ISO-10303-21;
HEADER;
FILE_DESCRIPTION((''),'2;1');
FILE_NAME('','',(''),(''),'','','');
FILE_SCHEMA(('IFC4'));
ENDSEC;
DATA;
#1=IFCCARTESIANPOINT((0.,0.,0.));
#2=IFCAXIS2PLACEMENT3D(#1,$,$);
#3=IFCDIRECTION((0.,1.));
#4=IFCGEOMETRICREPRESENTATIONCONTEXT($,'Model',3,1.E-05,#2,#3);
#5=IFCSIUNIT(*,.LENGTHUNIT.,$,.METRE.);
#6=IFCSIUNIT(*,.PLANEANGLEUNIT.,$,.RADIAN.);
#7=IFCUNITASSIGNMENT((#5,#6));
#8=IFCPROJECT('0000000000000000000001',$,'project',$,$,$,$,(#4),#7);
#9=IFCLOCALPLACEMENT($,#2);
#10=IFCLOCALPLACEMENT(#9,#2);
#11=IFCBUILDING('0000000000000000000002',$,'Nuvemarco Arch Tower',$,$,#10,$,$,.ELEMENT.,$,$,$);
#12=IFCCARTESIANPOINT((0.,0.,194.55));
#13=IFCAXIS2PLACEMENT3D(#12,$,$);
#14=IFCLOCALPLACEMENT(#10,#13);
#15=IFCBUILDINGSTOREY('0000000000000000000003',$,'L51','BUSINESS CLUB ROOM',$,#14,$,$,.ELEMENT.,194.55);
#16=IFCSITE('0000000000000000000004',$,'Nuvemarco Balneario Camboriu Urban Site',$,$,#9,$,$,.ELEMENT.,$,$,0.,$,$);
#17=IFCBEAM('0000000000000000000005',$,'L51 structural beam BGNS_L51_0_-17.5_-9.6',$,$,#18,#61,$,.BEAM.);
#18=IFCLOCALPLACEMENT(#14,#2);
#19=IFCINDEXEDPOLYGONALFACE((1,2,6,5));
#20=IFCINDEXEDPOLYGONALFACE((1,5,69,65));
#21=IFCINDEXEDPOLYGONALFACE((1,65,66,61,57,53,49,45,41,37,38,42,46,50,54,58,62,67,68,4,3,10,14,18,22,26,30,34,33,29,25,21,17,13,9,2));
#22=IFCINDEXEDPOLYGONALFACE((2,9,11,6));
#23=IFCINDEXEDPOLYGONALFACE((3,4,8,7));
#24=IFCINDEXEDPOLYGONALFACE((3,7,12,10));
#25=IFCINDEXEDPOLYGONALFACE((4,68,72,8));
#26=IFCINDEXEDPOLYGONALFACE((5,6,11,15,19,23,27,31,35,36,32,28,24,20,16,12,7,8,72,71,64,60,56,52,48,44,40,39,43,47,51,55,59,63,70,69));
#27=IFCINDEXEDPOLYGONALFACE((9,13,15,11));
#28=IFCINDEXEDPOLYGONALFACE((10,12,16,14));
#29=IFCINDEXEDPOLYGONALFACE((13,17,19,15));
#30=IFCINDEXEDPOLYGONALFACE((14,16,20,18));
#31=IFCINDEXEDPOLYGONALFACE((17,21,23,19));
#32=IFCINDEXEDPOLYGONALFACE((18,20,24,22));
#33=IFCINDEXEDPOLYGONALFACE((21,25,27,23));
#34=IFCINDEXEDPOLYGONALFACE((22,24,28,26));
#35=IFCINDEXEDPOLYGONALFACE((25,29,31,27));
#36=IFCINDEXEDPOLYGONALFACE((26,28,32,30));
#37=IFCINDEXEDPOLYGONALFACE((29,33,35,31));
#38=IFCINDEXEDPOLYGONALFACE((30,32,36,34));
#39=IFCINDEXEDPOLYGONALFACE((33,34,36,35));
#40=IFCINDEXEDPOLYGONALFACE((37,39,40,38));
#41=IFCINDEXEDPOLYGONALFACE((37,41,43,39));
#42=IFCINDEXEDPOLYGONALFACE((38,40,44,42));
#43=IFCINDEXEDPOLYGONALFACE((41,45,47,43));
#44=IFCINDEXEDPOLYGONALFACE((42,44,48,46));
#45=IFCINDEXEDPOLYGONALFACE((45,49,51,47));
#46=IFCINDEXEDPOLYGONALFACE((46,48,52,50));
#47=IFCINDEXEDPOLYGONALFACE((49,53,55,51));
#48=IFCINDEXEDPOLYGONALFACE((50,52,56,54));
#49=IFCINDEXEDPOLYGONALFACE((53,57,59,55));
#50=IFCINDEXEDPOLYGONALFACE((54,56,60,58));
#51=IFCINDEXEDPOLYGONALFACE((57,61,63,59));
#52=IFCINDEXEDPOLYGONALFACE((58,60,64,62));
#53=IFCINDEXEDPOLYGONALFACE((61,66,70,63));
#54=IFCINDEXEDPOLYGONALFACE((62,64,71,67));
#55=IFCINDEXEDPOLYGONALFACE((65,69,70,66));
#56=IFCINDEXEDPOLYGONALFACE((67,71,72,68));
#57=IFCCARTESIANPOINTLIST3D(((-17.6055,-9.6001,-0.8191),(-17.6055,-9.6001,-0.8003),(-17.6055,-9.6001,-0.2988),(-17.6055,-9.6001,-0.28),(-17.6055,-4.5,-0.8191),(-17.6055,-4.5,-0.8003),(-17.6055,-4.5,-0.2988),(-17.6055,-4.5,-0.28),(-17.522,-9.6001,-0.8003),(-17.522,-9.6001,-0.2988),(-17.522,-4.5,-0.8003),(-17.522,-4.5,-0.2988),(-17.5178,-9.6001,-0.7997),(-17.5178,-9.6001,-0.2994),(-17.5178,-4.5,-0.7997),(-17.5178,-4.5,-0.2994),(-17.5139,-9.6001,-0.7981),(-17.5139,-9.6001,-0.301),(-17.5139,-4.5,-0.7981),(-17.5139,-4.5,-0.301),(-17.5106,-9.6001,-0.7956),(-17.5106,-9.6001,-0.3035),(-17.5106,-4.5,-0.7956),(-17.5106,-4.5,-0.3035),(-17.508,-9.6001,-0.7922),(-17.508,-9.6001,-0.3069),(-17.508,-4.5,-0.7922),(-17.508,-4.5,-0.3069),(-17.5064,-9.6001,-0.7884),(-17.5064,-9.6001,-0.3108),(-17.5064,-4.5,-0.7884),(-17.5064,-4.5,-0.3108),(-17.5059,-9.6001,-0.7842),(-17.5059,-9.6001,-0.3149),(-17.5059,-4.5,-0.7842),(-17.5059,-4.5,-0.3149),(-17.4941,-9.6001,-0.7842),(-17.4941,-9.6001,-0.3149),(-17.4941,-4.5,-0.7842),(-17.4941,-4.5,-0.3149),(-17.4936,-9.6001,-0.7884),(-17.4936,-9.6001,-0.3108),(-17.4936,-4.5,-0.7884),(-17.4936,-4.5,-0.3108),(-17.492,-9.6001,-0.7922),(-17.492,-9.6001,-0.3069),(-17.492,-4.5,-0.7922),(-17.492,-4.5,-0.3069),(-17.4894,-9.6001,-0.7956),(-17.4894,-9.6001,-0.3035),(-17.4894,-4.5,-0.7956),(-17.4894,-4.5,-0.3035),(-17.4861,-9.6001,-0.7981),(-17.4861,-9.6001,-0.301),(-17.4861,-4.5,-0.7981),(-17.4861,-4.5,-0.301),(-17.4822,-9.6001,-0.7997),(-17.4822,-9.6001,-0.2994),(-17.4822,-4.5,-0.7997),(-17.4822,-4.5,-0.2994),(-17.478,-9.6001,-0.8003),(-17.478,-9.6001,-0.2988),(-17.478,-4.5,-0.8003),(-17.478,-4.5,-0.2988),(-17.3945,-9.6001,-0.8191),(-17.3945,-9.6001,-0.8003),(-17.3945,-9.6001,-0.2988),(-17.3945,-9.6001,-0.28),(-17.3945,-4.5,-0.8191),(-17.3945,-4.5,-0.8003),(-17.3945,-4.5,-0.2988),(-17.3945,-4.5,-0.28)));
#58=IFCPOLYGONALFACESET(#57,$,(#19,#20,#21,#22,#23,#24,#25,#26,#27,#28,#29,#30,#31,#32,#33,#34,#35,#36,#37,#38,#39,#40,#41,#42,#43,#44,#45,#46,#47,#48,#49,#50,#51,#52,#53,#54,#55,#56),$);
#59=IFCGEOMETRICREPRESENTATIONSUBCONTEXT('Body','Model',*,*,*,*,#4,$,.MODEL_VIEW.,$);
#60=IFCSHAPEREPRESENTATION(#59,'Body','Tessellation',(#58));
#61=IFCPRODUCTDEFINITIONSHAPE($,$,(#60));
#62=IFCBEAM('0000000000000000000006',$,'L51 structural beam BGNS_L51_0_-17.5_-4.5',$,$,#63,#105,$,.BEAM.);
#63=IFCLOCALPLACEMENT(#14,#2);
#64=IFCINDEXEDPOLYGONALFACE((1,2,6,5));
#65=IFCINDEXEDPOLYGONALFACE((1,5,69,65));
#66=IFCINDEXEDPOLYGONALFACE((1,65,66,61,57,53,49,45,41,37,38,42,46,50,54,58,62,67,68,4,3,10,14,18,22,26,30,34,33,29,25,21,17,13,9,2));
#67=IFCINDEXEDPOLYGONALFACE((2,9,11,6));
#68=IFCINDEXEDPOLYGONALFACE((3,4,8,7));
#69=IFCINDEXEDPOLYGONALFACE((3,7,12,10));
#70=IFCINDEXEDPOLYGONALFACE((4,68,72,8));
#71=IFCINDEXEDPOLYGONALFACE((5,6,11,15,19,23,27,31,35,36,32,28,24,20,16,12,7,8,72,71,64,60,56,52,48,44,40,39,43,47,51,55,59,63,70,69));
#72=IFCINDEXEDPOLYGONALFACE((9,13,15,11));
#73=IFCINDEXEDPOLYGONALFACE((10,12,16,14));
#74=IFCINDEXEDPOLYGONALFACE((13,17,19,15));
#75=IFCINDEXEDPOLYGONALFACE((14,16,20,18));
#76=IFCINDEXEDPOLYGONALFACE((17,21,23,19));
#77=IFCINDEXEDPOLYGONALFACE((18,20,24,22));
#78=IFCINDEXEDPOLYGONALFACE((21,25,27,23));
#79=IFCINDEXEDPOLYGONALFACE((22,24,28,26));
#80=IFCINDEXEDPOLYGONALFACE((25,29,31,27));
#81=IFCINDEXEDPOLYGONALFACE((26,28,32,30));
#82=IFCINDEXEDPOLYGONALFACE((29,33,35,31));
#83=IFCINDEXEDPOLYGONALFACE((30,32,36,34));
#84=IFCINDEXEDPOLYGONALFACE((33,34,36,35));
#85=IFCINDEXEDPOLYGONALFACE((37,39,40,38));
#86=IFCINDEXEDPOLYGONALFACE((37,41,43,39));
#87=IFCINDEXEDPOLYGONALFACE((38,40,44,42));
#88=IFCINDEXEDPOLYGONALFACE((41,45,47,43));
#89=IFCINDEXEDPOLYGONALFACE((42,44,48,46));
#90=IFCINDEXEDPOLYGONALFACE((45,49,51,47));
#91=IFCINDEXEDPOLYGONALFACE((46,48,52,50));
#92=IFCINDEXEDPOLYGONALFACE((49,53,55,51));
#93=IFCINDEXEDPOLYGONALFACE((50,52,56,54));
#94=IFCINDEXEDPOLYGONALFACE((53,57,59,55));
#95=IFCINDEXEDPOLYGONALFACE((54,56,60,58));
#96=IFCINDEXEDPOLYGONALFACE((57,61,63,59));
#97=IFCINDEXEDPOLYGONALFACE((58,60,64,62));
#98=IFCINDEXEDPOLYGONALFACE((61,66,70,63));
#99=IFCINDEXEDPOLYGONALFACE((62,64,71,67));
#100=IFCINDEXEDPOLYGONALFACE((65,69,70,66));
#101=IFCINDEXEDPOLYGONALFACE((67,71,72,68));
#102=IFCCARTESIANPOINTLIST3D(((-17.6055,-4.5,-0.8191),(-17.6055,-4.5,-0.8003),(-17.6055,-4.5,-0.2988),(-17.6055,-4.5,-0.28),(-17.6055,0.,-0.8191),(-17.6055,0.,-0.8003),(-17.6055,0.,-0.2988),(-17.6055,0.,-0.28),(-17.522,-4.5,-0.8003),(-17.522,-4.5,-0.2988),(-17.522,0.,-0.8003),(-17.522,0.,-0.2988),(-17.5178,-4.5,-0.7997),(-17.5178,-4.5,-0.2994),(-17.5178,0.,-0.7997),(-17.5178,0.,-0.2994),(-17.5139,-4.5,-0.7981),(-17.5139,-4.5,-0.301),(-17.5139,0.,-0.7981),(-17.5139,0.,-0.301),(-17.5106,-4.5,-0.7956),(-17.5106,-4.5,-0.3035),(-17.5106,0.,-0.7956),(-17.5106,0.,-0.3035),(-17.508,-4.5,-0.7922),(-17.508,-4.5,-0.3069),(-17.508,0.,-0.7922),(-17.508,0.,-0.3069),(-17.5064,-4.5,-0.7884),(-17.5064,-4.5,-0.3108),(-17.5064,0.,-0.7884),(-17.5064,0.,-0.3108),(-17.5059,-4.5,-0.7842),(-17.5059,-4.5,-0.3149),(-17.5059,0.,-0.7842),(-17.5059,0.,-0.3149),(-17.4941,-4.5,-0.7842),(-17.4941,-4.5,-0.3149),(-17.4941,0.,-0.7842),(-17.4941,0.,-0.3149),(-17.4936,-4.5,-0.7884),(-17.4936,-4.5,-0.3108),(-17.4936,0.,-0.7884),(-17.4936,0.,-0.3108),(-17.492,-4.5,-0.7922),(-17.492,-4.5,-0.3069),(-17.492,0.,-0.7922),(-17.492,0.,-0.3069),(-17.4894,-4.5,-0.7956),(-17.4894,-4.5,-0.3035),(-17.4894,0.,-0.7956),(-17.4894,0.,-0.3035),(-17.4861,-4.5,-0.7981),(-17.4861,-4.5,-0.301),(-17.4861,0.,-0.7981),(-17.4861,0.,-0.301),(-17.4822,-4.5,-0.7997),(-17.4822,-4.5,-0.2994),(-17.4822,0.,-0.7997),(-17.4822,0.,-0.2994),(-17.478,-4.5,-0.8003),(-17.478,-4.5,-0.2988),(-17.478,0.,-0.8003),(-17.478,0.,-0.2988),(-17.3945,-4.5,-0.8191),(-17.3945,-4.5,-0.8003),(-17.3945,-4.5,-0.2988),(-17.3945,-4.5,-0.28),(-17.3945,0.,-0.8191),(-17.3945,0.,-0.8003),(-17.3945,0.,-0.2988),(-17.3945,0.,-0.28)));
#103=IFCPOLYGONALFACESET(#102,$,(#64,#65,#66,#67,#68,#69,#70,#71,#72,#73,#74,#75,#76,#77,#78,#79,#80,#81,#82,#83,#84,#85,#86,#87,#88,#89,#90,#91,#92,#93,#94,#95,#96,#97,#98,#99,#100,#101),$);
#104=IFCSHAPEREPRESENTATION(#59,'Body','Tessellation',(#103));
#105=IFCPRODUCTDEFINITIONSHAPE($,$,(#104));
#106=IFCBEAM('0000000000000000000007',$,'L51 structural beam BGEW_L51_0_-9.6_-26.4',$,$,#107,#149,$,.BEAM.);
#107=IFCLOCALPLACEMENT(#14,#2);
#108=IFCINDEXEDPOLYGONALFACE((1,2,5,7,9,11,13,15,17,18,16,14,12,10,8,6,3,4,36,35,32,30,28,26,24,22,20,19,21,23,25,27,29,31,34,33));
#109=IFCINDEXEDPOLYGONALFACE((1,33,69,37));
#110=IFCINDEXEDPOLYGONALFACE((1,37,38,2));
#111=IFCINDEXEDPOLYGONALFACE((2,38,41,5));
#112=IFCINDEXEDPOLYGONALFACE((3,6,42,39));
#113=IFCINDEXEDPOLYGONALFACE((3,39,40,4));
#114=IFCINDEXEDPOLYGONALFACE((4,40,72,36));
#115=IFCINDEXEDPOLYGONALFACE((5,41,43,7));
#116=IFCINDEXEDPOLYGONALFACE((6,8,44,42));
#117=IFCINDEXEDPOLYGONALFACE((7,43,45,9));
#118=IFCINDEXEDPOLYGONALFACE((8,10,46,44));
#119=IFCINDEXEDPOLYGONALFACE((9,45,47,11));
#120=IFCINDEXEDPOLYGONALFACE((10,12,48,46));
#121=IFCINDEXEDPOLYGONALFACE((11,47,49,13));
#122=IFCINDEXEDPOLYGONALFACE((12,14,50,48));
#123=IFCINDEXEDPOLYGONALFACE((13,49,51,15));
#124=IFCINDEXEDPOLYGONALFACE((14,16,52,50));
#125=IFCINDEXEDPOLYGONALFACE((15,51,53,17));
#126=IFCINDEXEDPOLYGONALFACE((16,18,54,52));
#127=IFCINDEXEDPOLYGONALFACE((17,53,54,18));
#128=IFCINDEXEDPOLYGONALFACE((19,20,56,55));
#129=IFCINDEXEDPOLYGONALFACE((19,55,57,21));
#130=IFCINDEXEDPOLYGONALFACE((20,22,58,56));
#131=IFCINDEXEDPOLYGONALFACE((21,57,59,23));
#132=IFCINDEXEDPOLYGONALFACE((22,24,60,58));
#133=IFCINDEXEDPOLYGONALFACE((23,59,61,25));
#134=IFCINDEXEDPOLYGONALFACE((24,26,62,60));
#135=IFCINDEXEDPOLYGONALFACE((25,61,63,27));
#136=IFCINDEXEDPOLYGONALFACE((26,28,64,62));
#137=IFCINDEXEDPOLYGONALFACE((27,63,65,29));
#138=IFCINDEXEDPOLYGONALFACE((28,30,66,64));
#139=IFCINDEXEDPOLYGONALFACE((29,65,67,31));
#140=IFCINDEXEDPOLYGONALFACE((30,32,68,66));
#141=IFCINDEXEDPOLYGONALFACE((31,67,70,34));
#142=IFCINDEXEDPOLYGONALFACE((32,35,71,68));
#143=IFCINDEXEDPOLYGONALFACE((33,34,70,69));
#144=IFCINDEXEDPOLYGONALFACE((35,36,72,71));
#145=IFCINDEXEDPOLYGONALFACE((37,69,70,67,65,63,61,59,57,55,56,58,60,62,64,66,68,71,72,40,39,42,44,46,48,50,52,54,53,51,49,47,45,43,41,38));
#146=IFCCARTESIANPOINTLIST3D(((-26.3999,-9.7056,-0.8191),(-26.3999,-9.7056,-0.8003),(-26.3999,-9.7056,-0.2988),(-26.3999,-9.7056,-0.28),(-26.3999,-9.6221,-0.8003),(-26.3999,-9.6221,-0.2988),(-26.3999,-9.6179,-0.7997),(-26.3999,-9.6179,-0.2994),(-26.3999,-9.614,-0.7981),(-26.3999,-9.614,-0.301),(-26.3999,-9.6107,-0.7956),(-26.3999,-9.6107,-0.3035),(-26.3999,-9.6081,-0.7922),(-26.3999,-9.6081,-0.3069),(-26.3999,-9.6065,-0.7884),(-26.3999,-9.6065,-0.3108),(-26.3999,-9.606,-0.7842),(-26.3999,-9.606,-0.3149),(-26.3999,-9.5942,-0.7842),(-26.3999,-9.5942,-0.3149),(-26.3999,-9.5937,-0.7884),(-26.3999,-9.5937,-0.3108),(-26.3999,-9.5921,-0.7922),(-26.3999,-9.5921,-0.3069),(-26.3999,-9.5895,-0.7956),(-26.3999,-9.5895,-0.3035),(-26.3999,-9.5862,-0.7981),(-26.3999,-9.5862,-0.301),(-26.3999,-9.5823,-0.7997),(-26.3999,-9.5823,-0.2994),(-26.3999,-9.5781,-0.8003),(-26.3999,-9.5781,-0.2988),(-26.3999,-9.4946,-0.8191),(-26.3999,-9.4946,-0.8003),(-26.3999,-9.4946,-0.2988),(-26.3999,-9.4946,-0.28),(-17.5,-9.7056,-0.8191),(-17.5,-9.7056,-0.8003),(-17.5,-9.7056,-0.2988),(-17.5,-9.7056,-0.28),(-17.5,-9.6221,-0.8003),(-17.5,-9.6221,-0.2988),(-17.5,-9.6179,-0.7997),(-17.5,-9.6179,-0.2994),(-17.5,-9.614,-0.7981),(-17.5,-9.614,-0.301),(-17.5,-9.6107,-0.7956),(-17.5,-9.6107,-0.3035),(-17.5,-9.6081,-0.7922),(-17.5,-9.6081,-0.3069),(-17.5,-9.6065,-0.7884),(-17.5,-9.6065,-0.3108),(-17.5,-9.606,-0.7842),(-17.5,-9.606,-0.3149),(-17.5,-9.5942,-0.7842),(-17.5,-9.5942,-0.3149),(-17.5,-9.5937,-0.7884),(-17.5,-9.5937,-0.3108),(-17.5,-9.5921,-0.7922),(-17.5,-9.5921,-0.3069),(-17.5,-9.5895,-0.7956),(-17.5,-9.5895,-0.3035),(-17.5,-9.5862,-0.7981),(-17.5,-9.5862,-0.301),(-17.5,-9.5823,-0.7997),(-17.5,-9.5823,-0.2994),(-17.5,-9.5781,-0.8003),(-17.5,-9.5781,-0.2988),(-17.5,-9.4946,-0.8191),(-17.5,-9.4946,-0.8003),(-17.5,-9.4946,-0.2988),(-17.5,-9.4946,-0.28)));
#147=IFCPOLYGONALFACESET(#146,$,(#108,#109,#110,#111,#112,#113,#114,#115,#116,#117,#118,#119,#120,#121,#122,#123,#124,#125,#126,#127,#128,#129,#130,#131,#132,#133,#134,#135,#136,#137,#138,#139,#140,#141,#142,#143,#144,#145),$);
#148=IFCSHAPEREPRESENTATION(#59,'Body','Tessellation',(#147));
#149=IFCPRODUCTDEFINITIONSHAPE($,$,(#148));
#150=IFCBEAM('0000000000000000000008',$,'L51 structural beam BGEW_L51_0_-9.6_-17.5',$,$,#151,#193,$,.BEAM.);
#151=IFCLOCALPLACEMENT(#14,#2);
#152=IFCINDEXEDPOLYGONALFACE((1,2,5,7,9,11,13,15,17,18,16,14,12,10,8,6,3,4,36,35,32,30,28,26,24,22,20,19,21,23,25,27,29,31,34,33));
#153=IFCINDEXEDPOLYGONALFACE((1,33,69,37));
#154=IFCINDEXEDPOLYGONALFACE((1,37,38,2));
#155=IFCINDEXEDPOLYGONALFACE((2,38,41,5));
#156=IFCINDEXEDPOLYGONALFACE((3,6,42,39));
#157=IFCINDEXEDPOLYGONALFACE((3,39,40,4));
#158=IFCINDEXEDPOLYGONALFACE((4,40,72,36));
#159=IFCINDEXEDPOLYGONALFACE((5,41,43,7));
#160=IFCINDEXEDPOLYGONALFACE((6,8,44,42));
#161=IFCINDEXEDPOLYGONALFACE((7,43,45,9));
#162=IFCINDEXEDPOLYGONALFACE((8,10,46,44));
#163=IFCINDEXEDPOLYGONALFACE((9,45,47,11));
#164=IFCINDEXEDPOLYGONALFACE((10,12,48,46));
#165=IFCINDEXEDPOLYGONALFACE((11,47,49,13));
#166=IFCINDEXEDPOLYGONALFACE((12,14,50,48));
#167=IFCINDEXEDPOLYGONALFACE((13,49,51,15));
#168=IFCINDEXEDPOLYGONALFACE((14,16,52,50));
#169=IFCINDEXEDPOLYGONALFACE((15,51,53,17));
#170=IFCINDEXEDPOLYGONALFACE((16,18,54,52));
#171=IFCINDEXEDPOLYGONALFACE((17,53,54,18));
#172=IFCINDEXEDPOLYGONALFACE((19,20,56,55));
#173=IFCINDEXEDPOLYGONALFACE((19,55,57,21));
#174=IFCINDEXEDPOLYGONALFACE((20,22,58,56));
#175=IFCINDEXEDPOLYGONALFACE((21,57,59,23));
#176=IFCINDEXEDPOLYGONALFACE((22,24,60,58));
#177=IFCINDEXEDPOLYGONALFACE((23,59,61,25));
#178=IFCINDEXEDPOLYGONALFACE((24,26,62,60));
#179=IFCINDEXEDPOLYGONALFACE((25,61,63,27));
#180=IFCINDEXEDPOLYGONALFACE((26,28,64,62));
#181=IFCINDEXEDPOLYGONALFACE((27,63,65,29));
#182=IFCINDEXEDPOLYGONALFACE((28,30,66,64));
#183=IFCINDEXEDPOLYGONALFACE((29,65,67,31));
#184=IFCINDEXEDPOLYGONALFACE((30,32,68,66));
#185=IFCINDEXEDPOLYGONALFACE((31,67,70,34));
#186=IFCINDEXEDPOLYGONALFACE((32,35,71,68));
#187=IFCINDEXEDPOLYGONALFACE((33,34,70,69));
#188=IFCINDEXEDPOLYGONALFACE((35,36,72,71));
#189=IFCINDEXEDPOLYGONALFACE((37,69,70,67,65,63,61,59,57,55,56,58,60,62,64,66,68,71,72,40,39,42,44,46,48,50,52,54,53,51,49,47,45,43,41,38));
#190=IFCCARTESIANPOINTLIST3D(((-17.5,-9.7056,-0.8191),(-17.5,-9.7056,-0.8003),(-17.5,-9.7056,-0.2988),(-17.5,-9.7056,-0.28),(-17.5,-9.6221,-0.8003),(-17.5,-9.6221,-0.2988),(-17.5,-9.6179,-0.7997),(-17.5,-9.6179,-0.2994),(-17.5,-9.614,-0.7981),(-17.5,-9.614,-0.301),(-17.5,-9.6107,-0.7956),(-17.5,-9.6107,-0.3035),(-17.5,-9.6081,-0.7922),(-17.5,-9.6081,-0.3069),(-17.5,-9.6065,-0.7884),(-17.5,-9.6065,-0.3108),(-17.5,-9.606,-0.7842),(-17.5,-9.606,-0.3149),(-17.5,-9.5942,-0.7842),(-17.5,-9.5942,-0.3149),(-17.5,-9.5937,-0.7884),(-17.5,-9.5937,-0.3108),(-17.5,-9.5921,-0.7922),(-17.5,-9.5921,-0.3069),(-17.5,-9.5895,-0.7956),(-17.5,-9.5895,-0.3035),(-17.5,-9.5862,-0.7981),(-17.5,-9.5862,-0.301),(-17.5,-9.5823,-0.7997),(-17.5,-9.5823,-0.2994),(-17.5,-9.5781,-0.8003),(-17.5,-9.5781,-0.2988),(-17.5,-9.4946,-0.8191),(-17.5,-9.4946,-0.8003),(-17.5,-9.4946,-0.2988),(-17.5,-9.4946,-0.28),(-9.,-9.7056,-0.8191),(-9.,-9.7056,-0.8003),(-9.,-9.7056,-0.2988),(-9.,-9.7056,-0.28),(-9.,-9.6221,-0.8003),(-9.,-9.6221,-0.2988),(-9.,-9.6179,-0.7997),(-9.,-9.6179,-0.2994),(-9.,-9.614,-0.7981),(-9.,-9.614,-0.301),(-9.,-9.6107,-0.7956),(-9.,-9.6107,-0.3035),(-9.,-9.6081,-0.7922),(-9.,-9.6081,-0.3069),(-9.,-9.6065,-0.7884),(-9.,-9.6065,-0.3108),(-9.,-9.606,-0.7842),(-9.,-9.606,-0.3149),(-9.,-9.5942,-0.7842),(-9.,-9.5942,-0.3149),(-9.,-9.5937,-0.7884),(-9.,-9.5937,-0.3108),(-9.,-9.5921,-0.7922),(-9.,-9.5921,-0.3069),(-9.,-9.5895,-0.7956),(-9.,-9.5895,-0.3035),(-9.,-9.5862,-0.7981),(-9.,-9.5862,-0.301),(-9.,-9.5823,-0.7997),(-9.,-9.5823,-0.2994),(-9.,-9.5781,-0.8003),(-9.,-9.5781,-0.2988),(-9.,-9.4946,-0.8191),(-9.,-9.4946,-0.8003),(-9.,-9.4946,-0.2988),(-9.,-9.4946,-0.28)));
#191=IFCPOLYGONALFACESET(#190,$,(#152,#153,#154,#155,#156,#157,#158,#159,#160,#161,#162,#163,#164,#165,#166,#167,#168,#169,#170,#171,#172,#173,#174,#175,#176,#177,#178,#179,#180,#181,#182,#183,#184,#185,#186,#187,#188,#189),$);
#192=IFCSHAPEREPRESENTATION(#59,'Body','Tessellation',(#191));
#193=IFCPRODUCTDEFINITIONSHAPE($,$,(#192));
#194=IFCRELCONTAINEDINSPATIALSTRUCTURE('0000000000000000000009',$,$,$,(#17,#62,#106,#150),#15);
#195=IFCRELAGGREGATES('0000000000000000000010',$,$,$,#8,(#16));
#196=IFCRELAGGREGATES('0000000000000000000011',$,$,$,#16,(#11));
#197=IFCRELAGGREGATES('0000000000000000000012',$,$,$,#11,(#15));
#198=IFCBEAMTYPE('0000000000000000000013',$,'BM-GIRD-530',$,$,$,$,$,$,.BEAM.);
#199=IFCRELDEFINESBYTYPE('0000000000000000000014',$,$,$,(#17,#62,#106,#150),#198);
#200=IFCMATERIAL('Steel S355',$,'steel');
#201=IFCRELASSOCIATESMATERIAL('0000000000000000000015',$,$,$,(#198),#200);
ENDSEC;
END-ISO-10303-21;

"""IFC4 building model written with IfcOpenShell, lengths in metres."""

from ifc_helpers import new_model, si_unit, direction, frame, origin, origin_2d, place, context, subcontext, project, spatial, i_section, extrude, material, material_profile, profile_set, type_object, element, save


model = new_model("IFC4")

# Units and contexts
model_context = context("Model", 3, precision=1e-05, world=origin(), true_north=direction((0.0, 1.0)))
body_context = subcontext(model_context, "Body", "Model", "MODEL_VIEW")
ifc_project = project(units=[si_unit("LENGTHUNIT", "METRE"), si_unit("PLANEANGLEUNIT", "RADIAN")], contexts=[model_context])

# Site, building, storey
site_placement = place(None, origin())
site = spatial("IfcSite", under=ifc_project, at=site_placement, Name="Nuvemarco Balneario Camboriu Urban Site", CompositionType="ELEMENT", RefElevation=0.0)
building_placement = place(site_placement, origin())
building = spatial("IfcBuilding", under=site, at=building_placement, Name="Nuvemarco Arch Tower", CompositionType="ELEMENT")
storey_placement = place(building_placement, frame((0.0, 0.0, 194.55)))
storey = spatial("IfcBuildingStorey", under=building, at=storey_placement, Name="L51", Description="BUSINESS CLUB ROOM", CompositionType="ELEMENT", Elevation=194.55)

# Shared definitions
ifc_material_1 = material(Name="Steel S355", Category="steel")

# Beams
ifc_material_profile_1 = material_profile(ifc_material_1, i_section(OverallWidth=0.2109, OverallDepth=0.5391, WebThickness=0.0117, FlangeThickness=0.0188, FilletRadius=0.0161, at=origin_2d()), Name="W530x109")
ifc_profile_set_1 = profile_set([ifc_material_profile_1], Name="Steel S355")
beam_type_1 = type_object("IfcBeamType", Name="BM-GIRD-530", PredefinedType="BEAM", material=ifc_profile_set_1)
beam_1_placement = place(storey_placement, frame((-17.5, -9.6001, -0.5496), z_axis=(0.0, 1.0, 0.0), x_axis=(-1.0, 0.0, 0.0)))
element("IfcBeam", 1, at=beam_1_placement, inside=storey, type_object=beam_type_1, Name="L51 structural beam BGNS_L51_0_-17.5_-9.6", PredefinedType="BEAM", context=body_context, shape_type="SweptSolid", body=[
    extrude(i_section(OverallWidth=0.2109, OverallDepth=0.5391, WebThickness=0.0117, FlangeThickness=0.0188, FilletRadius=0.0161, at=origin_2d()), origin(), (0.0, 0.0, 1.0), 5.1001),
])
beam_2_placement = place(storey_placement, frame((-17.5, -4.5, -0.5496), z_axis=(0.0, 1.0, 0.0), x_axis=(-1.0, 0.0, 0.0)))
element("IfcBeam", 2, at=beam_2_placement, inside=storey, type_object=beam_type_1, Name="L51 structural beam BGNS_L51_0_-17.5_-4.5", PredefinedType="BEAM", context=body_context, shape_type="SweptSolid", body=[
    extrude(i_section(OverallWidth=0.2109, OverallDepth=0.5391, WebThickness=0.0117, FlangeThickness=0.0188, FilletRadius=0.0161, at=origin_2d()), origin(), (0.0, 0.0, 1.0), 4.5),
])
beam_3_placement = place(storey_placement, frame((-26.3999, -9.6001, -0.5496), z_axis=(1.0, 0.0, 0.0), x_axis=(0.0, 1.0, 0.0)))
element("IfcBeam", 3, at=beam_3_placement, inside=storey, type_object=beam_type_1, Name="L51 structural beam BGEW_L51_0_-9.6_-26.4", PredefinedType="BEAM", context=body_context, shape_type="SweptSolid", body=[
    extrude(i_section(OverallWidth=0.2109, OverallDepth=0.5391, WebThickness=0.0117, FlangeThickness=0.0188, FilletRadius=0.0161, at=origin_2d()), origin(), (0.0, 0.0, 1.0), 8.8999),
])
beam_4_placement = place(storey_placement, frame((-17.5, -9.6001, -0.5496), z_axis=(1.0, 0.0, 0.0), x_axis=(0.0, 1.0, 0.0)))
element("IfcBeam", 4, at=beam_4_placement, inside=storey, type_object=beam_type_1, Name="L51 structural beam BGEW_L51_0_-9.6_-17.5", PredefinedType="BEAM", context=body_context, shape_type="SweptSolid", body=[
    extrude(i_section(OverallWidth=0.2109, OverallDepth=0.5391, WebThickness=0.0117, FlangeThickness=0.0188, FilletRadius=0.0161, at=origin_2d()), origin(), (0.0, 0.0, 1.0), 8.5),
])

save(model, "model.ifc")
